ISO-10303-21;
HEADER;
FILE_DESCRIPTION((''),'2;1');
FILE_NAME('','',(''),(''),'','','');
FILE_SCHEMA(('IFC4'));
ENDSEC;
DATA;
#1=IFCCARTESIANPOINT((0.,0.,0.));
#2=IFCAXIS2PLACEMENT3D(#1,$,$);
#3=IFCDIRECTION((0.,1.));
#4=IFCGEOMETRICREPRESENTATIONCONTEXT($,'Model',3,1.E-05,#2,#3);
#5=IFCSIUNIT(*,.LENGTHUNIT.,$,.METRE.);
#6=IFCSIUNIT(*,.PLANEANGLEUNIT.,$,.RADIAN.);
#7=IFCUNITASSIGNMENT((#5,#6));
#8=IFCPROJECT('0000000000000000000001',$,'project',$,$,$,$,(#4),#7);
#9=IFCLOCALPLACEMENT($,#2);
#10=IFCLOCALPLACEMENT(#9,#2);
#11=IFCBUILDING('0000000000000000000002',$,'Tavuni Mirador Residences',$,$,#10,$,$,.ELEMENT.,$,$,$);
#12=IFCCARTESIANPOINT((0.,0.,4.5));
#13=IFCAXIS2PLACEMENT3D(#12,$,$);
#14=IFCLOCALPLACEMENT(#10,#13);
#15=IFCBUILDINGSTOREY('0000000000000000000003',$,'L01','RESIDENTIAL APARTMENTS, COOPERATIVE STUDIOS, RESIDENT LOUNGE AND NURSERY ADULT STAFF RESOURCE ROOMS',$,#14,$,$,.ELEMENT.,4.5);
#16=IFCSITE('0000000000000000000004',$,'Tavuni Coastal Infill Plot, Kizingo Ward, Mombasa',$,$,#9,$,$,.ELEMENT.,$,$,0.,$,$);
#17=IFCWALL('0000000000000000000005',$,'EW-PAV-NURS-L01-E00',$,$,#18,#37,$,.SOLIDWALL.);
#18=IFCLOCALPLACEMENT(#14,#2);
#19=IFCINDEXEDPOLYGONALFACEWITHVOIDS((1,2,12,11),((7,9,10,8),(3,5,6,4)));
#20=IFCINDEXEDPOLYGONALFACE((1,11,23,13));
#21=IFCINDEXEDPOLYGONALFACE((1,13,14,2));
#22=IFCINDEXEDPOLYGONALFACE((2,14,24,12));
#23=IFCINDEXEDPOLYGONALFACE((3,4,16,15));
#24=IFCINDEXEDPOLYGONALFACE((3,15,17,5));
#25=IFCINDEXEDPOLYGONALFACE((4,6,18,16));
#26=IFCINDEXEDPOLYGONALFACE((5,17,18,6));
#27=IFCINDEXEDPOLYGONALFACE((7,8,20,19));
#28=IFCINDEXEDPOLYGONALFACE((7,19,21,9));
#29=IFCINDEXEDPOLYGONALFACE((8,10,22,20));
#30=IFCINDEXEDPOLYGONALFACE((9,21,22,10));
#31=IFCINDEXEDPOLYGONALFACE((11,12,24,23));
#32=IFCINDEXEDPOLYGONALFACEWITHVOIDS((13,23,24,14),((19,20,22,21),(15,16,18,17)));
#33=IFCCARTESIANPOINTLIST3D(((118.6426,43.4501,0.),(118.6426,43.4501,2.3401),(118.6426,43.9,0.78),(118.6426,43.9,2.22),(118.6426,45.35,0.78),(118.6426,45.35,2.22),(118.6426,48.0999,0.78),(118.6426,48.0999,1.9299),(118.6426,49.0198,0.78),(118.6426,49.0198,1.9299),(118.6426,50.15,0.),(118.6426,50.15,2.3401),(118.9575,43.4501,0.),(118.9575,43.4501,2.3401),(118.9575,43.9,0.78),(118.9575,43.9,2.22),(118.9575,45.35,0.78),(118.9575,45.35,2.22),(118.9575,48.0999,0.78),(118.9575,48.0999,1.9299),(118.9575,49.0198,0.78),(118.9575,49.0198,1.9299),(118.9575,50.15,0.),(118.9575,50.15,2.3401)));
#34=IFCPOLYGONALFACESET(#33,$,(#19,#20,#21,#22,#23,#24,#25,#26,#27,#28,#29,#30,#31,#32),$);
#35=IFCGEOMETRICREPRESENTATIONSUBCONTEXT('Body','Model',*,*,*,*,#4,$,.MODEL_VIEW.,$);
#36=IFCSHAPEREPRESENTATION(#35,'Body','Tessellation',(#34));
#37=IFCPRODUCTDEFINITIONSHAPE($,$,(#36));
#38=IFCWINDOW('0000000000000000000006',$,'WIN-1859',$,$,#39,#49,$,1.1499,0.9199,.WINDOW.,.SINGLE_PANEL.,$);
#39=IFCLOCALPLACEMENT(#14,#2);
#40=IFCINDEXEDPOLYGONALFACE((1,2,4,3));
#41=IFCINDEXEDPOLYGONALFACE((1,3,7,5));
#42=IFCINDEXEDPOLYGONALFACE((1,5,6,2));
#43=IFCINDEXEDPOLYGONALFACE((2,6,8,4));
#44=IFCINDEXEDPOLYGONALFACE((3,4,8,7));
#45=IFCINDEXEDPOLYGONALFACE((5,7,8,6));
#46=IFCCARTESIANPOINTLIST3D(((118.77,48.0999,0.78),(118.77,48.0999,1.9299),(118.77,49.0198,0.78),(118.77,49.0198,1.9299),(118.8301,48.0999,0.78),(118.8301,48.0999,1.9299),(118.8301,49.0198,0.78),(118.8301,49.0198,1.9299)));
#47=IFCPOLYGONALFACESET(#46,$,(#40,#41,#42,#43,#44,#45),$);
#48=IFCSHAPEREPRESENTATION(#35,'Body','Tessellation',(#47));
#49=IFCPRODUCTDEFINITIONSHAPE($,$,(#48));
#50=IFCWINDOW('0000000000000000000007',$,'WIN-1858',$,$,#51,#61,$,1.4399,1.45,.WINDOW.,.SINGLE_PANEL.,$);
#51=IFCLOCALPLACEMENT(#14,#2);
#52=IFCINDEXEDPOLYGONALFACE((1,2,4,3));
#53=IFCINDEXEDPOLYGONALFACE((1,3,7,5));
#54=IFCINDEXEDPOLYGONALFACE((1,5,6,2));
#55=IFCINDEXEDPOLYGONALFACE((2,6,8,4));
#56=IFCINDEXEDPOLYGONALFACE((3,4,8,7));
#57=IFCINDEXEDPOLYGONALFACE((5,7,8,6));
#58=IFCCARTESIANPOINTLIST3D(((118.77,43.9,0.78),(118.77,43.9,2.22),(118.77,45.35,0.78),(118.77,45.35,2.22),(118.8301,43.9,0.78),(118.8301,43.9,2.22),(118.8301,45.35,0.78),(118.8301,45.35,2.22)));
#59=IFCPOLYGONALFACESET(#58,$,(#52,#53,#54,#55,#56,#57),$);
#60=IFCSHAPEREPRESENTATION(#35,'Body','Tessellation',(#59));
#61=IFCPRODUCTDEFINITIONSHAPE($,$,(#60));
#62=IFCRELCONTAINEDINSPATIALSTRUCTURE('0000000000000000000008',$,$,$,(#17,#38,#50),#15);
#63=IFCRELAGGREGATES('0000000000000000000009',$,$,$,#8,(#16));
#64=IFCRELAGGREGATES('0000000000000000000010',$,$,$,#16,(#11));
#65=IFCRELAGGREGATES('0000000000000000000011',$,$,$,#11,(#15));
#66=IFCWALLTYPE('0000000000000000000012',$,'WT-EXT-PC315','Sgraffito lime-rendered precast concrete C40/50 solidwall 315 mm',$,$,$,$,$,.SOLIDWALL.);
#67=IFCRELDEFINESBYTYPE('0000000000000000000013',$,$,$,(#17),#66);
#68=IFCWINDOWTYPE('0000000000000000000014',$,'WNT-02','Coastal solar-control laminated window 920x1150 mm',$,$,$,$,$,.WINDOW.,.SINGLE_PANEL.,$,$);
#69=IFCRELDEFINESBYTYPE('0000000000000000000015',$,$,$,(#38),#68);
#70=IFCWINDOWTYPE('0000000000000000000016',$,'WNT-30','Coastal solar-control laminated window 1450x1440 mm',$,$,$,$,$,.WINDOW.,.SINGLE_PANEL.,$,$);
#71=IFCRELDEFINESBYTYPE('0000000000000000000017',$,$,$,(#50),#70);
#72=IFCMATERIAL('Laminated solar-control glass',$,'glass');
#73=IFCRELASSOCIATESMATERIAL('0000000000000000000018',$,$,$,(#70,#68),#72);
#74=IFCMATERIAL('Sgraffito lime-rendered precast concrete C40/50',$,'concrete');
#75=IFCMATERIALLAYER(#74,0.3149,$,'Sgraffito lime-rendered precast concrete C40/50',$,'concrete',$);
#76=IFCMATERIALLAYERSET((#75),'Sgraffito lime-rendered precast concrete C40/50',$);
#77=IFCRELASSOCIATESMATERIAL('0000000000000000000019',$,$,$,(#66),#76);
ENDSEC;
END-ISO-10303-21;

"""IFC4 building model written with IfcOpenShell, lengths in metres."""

from ifc_helpers import new_model, si_unit, direction, frame, frame_2d, origin, place, context, subcontext, project, spatial, rectangle, extrude, material, layer, layer_set, type_object, element, fill, save


model = new_model("IFC4")

# Units and contexts
model_context = context("Model", 3, precision=1e-05, world=origin(), true_north=direction((0.0, 1.0)))
body_context = subcontext(model_context, "Body", "Model", "MODEL_VIEW")
ifc_project = project(units=[si_unit("LENGTHUNIT", "METRE"), si_unit("PLANEANGLEUNIT", "RADIAN")], contexts=[model_context])

# Site, building, storey
site_placement = place(None, origin())
site = spatial("IfcSite", under=ifc_project, at=site_placement, Name="Tavuni Coastal Infill Plot, Kizingo Ward, Mombasa", CompositionType="ELEMENT", RefElevation=0.0)
building_placement = place(site_placement, origin())
building = spatial("IfcBuilding", under=site, at=building_placement, Name="Tavuni Mirador Residences", CompositionType="ELEMENT")
storey_placement = place(building_placement, frame((0.0, 0.0, 4.5)))
storey = spatial("IfcBuildingStorey", under=building, at=storey_placement, Name="L01", Description="RESIDENTIAL APARTMENTS, COOPERATIVE STUDIOS, RESIDENT LOUNGE AND NURSERY ADULT STAFF RESOURCE ROOMS", CompositionType="ELEMENT", Elevation=4.5)

# Wall, openings, windows
ifc_material_1 = material(Name="Sgraffito lime-rendered precast concrete C40/50", Category="concrete")
ifc_material_2 = material(Name="Laminated solar-control glass", Category="glass")
window_type_1 = type_object("IfcWindowType", Name="WNT-30", Description="Coastal solar-control laminated window 1450x1440 mm", PartitioningType="SINGLE_PANEL", PredefinedType="WINDOW", material=ifc_material_2)
window_type_2 = type_object("IfcWindowType", Name="WNT-02", Description="Coastal solar-control laminated window 920x1150 mm", PartitioningType="SINGLE_PANEL", PredefinedType="WINDOW", material=ifc_material_2)
ifc_layer_1 = layer(ifc_material_1, 0.3149, Name="Sgraffito lime-rendered precast concrete C40/50", Category="concrete")
ifc_layer_set_1 = layer_set([ifc_layer_1], Name="Sgraffito lime-rendered precast concrete C40/50")
wall_type_1 = type_object("IfcWallType", Name="WT-EXT-PC315", Description="Sgraffito lime-rendered precast concrete C40/50 solidwall 315 mm", PredefinedType="SOLIDWALL", material=ifc_layer_set_1)
wall_1_placement = place(storey_placement, frame((118.8, 43.45, 0.0), z_axis=(0.0, 0.0, 1.0), x_axis=(0.0, 1.0, 0.0)))
wall_1 = element("IfcWall", 1, at=wall_1_placement, inside=storey, type_object=wall_type_1, Name="EW-PAV-NURS-L01-E00", PredefinedType="SOLIDWALL", context=body_context, shape_type="SweptSolid", body=[
    extrude(rectangle(XDim=6.7, YDim=0.3149, at=frame_2d((3.3501, 0.0))), origin(), (0.0, 0.0, 1.0), 2.3401),
])
opening_1_placement = place(wall_1_placement, frame((0.45, 0.0, 0.78)))
opening_1 = element("IfcOpeningElement", 2, at=opening_1_placement, cuts=wall_1, PredefinedType="OPENING", context=body_context, shape_type="SweptSolid", body=[
    extrude(rectangle(XDim=1.45, YDim=1.4399, at=frame_2d((0.7251, 0.72))), frame((0.0, 0.1675, 0.0), z_axis=(0.0, -1.0, 0.0), x_axis=(1.0, 0.0, 0.0)), (0.0, 0.0, 1.0), 0.335),
])
opening_2_placement = place(wall_1_placement, frame((4.6499, 0.0, 0.78)))
opening_2 = element("IfcOpeningElement", 3, at=opening_2_placement, cuts=wall_1, PredefinedType="OPENING", context=body_context, shape_type="SweptSolid", body=[
    extrude(rectangle(XDim=0.9199, YDim=1.1499, at=frame_2d((0.46, 0.575))), frame((0.0, 0.1675, 0.0), z_axis=(0.0, -1.0, 0.0), x_axis=(1.0, 0.0, 0.0)), (0.0, 0.0, 1.0), 0.335),
])
window_1_placement = place(opening_2_placement, origin())
window_1 = element("IfcWindow", 4, at=window_1_placement, inside=storey, type_object=window_type_2, Name="WIN-1859", OverallHeight=1.1499, OverallWidth=0.9199, PartitioningType="SINGLE_PANEL", PredefinedType="WINDOW", context=body_context, shape_type="SweptSolid", body=[
    extrude(rectangle(XDim=0.9199, YDim=1.1499, at=frame_2d((0.46, 0.575))), frame((0.0, 0.03, 0.0), z_axis=(0.0, -1.0, 0.0), x_axis=(1.0, 0.0, 0.0)), (0.0, 0.0, 1.0), 0.0601),
])
fill(opening_2, window_1)
window_2_placement = place(opening_1_placement, origin())
window_2 = element("IfcWindow", 5, at=window_2_placement, inside=storey, type_object=window_type_1, Name="WIN-1858", OverallHeight=1.4399, OverallWidth=1.45, PartitioningType="SINGLE_PANEL", PredefinedType="WINDOW", context=body_context, shape_type="SweptSolid", body=[
    extrude(rectangle(XDim=1.45, YDim=1.4399, at=frame_2d((0.7251, 0.72))), frame((0.0, 0.03, 0.0), z_axis=(0.0, -1.0, 0.0), x_axis=(1.0, 0.0, 0.0)), (0.0, 0.0, 1.0), 0.0601),
])
fill(opening_1, window_2)

save(model, "model.ifc")
